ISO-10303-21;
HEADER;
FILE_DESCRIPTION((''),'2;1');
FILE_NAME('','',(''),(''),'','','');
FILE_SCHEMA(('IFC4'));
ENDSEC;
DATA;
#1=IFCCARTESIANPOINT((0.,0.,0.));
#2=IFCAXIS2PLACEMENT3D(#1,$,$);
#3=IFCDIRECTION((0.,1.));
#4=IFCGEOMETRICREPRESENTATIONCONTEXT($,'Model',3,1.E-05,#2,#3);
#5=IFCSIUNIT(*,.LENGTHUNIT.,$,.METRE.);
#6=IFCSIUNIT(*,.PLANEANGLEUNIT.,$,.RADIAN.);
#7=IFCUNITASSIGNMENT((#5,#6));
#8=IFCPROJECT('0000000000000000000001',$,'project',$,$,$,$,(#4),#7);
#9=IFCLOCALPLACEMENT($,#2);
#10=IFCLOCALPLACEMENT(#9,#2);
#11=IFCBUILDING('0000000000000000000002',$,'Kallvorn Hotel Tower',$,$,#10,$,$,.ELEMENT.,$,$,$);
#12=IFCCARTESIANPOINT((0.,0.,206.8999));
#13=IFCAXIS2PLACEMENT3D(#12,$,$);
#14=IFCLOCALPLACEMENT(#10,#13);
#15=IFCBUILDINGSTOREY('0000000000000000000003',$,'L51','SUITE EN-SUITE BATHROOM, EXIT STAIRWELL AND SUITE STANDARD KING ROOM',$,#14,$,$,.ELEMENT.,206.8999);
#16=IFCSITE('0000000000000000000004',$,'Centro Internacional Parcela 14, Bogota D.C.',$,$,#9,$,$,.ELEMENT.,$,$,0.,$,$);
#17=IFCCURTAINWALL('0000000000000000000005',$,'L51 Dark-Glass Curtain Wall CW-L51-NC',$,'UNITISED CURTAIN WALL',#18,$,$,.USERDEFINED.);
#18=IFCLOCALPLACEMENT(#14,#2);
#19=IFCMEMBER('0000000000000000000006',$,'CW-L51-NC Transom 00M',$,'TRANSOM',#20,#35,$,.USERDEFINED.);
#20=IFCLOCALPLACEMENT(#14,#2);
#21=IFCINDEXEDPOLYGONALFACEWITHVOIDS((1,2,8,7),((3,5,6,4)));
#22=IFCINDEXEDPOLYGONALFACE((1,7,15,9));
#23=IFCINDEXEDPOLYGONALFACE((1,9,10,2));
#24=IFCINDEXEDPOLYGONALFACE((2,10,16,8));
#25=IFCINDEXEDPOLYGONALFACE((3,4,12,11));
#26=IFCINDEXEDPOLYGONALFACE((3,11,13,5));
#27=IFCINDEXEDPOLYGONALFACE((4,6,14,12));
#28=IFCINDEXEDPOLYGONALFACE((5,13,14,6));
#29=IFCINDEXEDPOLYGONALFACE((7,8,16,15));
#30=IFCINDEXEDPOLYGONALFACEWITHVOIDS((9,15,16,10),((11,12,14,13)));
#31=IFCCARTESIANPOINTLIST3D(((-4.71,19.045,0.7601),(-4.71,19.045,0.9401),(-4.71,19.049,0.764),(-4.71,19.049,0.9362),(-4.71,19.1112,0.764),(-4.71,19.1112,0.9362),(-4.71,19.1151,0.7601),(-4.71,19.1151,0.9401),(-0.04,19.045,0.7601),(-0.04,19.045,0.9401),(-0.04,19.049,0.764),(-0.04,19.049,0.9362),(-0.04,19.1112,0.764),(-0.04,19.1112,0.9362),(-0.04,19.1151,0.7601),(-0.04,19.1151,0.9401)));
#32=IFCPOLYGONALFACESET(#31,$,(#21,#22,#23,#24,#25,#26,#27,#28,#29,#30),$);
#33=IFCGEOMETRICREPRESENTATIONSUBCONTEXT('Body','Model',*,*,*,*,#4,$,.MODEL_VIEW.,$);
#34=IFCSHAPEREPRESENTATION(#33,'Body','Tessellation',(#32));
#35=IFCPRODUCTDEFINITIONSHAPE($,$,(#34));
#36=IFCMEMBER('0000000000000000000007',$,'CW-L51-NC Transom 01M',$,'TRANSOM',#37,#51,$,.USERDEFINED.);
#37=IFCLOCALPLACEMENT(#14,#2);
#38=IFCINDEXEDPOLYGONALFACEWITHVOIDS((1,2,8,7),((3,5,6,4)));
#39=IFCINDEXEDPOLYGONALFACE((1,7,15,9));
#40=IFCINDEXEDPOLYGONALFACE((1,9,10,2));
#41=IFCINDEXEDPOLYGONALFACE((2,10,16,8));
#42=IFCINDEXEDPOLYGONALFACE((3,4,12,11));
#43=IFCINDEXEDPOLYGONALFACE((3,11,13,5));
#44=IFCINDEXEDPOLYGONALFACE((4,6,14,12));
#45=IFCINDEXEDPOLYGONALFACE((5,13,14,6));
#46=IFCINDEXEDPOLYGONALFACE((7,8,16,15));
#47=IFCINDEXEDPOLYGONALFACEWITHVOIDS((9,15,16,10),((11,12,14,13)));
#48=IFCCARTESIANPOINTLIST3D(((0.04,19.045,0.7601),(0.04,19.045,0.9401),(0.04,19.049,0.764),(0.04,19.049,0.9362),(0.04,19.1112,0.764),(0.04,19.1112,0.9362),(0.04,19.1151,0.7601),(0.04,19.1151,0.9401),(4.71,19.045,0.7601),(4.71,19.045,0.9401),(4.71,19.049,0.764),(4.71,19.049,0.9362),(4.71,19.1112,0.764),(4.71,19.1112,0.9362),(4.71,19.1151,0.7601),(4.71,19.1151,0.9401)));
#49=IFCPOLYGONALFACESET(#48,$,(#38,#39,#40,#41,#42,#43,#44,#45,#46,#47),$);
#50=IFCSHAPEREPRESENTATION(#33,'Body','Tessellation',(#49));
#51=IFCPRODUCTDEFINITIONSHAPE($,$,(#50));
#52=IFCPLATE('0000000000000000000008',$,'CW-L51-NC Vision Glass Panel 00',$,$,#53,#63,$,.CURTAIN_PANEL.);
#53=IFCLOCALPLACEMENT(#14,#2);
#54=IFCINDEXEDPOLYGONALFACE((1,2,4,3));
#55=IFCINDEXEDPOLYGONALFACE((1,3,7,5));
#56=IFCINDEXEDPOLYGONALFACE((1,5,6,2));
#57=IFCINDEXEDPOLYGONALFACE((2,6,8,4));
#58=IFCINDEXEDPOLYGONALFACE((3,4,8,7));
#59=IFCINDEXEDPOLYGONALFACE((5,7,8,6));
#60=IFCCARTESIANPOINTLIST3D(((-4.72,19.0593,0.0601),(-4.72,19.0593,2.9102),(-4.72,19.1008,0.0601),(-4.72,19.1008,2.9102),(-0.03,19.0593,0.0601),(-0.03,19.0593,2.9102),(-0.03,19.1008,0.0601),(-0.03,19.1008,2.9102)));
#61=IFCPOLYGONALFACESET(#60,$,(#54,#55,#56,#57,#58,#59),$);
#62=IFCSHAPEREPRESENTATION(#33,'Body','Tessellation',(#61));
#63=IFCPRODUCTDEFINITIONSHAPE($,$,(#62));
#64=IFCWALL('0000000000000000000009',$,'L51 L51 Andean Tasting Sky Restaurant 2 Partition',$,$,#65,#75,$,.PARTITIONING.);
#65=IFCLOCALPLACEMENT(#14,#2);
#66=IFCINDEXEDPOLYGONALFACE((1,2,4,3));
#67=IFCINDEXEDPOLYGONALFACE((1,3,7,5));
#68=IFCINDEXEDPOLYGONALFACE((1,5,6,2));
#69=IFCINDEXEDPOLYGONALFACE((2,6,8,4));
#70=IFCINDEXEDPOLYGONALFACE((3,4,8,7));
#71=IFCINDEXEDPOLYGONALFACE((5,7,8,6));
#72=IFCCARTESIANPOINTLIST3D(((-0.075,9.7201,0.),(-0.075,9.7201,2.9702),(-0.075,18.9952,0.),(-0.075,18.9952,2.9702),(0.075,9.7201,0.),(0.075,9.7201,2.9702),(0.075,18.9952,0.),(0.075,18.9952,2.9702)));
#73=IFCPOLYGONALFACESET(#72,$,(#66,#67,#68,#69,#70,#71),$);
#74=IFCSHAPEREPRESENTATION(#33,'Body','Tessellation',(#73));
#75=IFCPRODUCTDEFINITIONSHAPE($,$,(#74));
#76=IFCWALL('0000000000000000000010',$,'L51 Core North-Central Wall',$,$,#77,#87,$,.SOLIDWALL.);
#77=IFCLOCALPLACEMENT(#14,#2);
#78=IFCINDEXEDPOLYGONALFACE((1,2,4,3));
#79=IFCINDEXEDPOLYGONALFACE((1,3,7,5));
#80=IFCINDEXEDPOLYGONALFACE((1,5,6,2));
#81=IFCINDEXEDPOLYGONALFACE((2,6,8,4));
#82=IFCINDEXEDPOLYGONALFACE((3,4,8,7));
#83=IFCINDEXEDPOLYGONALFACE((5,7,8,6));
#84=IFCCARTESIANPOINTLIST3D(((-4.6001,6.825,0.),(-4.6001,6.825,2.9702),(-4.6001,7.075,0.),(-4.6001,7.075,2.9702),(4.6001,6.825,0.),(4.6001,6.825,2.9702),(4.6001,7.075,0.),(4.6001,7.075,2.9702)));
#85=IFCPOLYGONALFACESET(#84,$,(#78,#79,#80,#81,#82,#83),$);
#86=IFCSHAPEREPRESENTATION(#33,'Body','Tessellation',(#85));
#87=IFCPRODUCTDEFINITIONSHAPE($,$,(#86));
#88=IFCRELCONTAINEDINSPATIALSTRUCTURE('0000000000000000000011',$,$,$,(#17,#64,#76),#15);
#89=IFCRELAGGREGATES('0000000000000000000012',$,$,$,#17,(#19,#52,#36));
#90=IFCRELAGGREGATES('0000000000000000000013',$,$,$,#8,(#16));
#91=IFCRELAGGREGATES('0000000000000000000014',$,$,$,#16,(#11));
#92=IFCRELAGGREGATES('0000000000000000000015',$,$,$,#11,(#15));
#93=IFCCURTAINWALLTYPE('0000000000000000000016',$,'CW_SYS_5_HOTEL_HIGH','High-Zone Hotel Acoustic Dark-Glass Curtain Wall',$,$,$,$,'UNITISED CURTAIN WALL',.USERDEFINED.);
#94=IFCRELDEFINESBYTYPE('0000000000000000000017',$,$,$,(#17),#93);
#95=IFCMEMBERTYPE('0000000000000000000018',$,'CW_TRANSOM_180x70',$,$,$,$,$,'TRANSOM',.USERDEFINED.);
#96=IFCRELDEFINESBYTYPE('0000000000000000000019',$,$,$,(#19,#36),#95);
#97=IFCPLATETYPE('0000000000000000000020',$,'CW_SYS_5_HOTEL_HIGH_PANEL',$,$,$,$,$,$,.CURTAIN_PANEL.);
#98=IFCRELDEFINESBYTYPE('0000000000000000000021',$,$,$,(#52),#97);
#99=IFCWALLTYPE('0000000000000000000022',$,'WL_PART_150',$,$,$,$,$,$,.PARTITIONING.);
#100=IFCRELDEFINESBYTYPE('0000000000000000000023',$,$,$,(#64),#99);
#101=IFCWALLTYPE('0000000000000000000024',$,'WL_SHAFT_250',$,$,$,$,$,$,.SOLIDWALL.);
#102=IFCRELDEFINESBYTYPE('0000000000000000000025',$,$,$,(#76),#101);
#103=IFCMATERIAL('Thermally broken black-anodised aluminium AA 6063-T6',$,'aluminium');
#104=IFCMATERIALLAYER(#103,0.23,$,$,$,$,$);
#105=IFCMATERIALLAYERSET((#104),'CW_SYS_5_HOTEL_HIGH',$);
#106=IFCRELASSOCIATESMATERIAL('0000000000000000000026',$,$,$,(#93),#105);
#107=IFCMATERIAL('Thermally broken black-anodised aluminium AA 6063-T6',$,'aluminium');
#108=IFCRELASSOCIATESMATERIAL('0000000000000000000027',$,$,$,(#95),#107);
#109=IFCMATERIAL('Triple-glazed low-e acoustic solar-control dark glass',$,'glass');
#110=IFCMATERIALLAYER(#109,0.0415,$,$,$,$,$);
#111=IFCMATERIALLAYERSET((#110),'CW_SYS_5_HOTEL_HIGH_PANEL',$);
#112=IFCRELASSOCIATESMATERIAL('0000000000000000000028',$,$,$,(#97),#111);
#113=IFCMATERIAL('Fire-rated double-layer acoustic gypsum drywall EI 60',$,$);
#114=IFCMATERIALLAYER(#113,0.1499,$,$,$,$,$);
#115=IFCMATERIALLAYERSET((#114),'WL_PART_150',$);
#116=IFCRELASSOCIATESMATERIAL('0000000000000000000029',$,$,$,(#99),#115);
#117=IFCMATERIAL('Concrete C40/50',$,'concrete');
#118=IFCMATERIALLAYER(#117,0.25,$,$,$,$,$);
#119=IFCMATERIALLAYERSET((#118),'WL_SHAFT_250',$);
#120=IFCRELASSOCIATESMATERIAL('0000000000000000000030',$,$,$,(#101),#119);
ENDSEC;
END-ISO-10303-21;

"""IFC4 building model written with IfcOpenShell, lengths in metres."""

from ifc_helpers import new_model, si_unit, direction, frame, frame_2d, origin, origin_2d, place, context, subcontext, project, spatial, rectangle, hollow_rectangle, extrude, material, layer, layer_set, material_profile, profile_set, type_object, element, aggregate, save


model = new_model("IFC4")

# Units and contexts
model_context = context("Model", 3, precision=1e-05, world=origin(), true_north=direction((0.0, 1.0)))
body_context = subcontext(model_context, "Body", "Model", "MODEL_VIEW")
ifc_project = project(units=[si_unit("LENGTHUNIT", "METRE"), si_unit("PLANEANGLEUNIT", "RADIAN")], contexts=[model_context])

# Site, building, storey
site_placement = place(None, origin())
site = spatial("IfcSite", under=ifc_project, at=site_placement, Name="Centro Internacional Parcela 14, Bogota D.C.", CompositionType="ELEMENT", RefElevation=0.0)
building_placement = place(site_placement, origin())
building = spatial("IfcBuilding", under=site, at=building_placement, Name="Kallvorn Hotel Tower", CompositionType="ELEMENT")
storey_placement = place(building_placement, frame((0.0, 0.0, 206.8999)))
storey = spatial("IfcBuildingStorey", under=building, at=storey_placement, Name="L51", Description="SUITE EN-SUITE BATHROOM, EXIT STAIRWELL AND SUITE STANDARD KING ROOM", CompositionType="ELEMENT", Elevation=206.8999)

# Curtain wall, members, plate
ifc_material_1 = material(Name="Thermally broken black-anodised aluminium AA 6063-T6", Category="aluminium")
ifc_layer_1 = layer(ifc_material_1, 0.23)
ifc_layer_set_1 = layer_set([ifc_layer_1], Name="CW_SYS_5_HOTEL_HIGH")
curtain_wall_type = type_object("IfcCurtainWallType", Name="CW_SYS_5_HOTEL_HIGH", Description="High-Zone Hotel Acoustic Dark-Glass Curtain Wall", ElementType="UNITISED CURTAIN WALL", PredefinedType="USERDEFINED", material=ifc_layer_set_1)
curtain_wall_placement = place(storey_placement, origin())
curtain_wall = element("IfcCurtainWall", 1, at=curtain_wall_placement, inside=storey, type_object=curtain_wall_type, Name="L51 Dark-Glass Curtain Wall CW-L51-NC", ObjectType="UNITISED CURTAIN WALL", PredefinedType="USERDEFINED")
ifc_material_2 = material(Name="Thermally broken black-anodised aluminium AA 6063-T6", Category="aluminium")
ifc_material_profile_1 = material_profile(ifc_material_2, hollow_rectangle(XDim=0.0701, YDim=0.1799, WallThickness=0.0039, at=origin_2d()), Name="TRN 180x70")
ifc_profile_set_1 = profile_set([ifc_material_profile_1], Name="Thermally broken black-anodised aluminium AA 6063-T6")
member_type_1 = type_object("IfcMemberType", Name="CW_TRANSOM_180x70", ElementType="TRANSOM", PredefinedType="USERDEFINED", material=ifc_profile_set_1)
member_1_placement = place(storey_placement, frame((-4.71, 19.0801, 0.8501), z_axis=(1.0, 0.0, 0.0), x_axis=(0.0, 1.0, 0.0)))
member_1 = element("IfcMember", 2, at=member_1_placement, type_object=member_type_1, Name="CW-L51-NC Transom 00M", ObjectType="TRANSOM", PredefinedType="USERDEFINED", context=body_context, shape_type="SweptSolid", body=[
    extrude(hollow_rectangle(XDim=0.0701, YDim=0.1799, WallThickness=0.0039, at=origin_2d()), origin(), (0.0, 0.0, 1.0), 4.6699),
])
member_2_placement = place(storey_placement, frame((0.04, 19.0801, 0.8501), z_axis=(1.0, 0.0, 0.0), x_axis=(0.0, 1.0, 0.0)))
member_2 = element("IfcMember", 3, at=member_2_placement, type_object=member_type_1, Name="CW-L51-NC Transom 01M", ObjectType="TRANSOM", PredefinedType="USERDEFINED", context=body_context, shape_type="SweptSolid", body=[
    extrude(hollow_rectangle(XDim=0.0701, YDim=0.1799, WallThickness=0.0039, at=origin_2d()), origin(), (0.0, 0.0, 1.0), 4.6699),
])
ifc_material_3 = material(Name="Triple-glazed low-e acoustic solar-control dark glass", Category="glass")
ifc_layer_2 = layer(ifc_material_3, 0.0415)
ifc_layer_set_2 = layer_set([ifc_layer_2], Name="CW_SYS_5_HOTEL_HIGH_PANEL")
plate_type = type_object("IfcPlateType", Name="CW_SYS_5_HOTEL_HIGH_PANEL", PredefinedType="CURTAIN_PANEL", material=ifc_layer_set_2)
plate_placement = place(storey_placement, frame((-2.375, 19.0801, 0.0601), z_axis=(0.0, 0.0, 1.0), x_axis=(1.0, 0.0, 0.0)))
plate = element("IfcPlate", 4, at=plate_placement, type_object=plate_type, Name="CW-L51-NC Vision Glass Panel 00", PredefinedType="CURTAIN_PANEL", context=body_context, shape_type="SweptSolid", body=[
    extrude(rectangle(XDim=4.6899, YDim=0.0415, at=origin_2d()), origin(), (0.0, 0.0, 1.0), 2.8501),
])
aggregate(curtain_wall, [member_1, plate, member_2])

# Walls
ifc_material_4 = material(Name="Fire-rated double-layer acoustic gypsum drywall EI 60")
ifc_layer_3 = layer(ifc_material_4, 0.1499)
ifc_layer_set_3 = layer_set([ifc_layer_3], Name="WL_PART_150")
wall_type_1 = type_object("IfcWallType", Name="WL_PART_150", PredefinedType="PARTITIONING", material=ifc_layer_set_3)
wall_1_placement = place(storey_placement, frame((0.0, 9.72, 0.0), z_axis=(0.0, 0.0, 1.0), x_axis=(0.0, 1.0, 0.0)))
element("IfcWall", 5, at=wall_1_placement, inside=storey, type_object=wall_type_1, Name="L51 L51 Andean Tasting Sky Restaurant 2 Partition", PredefinedType="PARTITIONING", context=body_context, shape_type="SweptSolid", body=[
    extrude(rectangle(XDim=9.2751, YDim=0.1499, at=frame_2d((4.6377, 0.0))), origin(), (0.0, 0.0, 1.0), 2.9702),
])
ifc_material_5 = material(Name="Concrete C40/50", Category="concrete")
ifc_layer_4 = layer(ifc_material_5, 0.25)
ifc_layer_set_4 = layer_set([ifc_layer_4], Name="WL_SHAFT_250")
wall_type_2 = type_object("IfcWallType", Name="WL_SHAFT_250", PredefinedType="SOLIDWALL", material=ifc_layer_set_4)
wall_2_placement = place(storey_placement, frame((-4.6001, 6.95, 0.0), z_axis=(0.0, 0.0, 1.0), x_axis=(1.0, 0.0, 0.0)))
element("IfcWall", 6, at=wall_2_placement, inside=storey, type_object=wall_type_2, Name="L51 Core North-Central Wall", PredefinedType="SOLIDWALL", context=body_context, shape_type="SweptSolid", body=[
    extrude(rectangle(XDim=9.2002, YDim=0.25, at=frame_2d((4.6001, 0.0))), origin(), (0.0, 0.0, 1.0), 2.9702),
])

save(model, "model.ifc")
